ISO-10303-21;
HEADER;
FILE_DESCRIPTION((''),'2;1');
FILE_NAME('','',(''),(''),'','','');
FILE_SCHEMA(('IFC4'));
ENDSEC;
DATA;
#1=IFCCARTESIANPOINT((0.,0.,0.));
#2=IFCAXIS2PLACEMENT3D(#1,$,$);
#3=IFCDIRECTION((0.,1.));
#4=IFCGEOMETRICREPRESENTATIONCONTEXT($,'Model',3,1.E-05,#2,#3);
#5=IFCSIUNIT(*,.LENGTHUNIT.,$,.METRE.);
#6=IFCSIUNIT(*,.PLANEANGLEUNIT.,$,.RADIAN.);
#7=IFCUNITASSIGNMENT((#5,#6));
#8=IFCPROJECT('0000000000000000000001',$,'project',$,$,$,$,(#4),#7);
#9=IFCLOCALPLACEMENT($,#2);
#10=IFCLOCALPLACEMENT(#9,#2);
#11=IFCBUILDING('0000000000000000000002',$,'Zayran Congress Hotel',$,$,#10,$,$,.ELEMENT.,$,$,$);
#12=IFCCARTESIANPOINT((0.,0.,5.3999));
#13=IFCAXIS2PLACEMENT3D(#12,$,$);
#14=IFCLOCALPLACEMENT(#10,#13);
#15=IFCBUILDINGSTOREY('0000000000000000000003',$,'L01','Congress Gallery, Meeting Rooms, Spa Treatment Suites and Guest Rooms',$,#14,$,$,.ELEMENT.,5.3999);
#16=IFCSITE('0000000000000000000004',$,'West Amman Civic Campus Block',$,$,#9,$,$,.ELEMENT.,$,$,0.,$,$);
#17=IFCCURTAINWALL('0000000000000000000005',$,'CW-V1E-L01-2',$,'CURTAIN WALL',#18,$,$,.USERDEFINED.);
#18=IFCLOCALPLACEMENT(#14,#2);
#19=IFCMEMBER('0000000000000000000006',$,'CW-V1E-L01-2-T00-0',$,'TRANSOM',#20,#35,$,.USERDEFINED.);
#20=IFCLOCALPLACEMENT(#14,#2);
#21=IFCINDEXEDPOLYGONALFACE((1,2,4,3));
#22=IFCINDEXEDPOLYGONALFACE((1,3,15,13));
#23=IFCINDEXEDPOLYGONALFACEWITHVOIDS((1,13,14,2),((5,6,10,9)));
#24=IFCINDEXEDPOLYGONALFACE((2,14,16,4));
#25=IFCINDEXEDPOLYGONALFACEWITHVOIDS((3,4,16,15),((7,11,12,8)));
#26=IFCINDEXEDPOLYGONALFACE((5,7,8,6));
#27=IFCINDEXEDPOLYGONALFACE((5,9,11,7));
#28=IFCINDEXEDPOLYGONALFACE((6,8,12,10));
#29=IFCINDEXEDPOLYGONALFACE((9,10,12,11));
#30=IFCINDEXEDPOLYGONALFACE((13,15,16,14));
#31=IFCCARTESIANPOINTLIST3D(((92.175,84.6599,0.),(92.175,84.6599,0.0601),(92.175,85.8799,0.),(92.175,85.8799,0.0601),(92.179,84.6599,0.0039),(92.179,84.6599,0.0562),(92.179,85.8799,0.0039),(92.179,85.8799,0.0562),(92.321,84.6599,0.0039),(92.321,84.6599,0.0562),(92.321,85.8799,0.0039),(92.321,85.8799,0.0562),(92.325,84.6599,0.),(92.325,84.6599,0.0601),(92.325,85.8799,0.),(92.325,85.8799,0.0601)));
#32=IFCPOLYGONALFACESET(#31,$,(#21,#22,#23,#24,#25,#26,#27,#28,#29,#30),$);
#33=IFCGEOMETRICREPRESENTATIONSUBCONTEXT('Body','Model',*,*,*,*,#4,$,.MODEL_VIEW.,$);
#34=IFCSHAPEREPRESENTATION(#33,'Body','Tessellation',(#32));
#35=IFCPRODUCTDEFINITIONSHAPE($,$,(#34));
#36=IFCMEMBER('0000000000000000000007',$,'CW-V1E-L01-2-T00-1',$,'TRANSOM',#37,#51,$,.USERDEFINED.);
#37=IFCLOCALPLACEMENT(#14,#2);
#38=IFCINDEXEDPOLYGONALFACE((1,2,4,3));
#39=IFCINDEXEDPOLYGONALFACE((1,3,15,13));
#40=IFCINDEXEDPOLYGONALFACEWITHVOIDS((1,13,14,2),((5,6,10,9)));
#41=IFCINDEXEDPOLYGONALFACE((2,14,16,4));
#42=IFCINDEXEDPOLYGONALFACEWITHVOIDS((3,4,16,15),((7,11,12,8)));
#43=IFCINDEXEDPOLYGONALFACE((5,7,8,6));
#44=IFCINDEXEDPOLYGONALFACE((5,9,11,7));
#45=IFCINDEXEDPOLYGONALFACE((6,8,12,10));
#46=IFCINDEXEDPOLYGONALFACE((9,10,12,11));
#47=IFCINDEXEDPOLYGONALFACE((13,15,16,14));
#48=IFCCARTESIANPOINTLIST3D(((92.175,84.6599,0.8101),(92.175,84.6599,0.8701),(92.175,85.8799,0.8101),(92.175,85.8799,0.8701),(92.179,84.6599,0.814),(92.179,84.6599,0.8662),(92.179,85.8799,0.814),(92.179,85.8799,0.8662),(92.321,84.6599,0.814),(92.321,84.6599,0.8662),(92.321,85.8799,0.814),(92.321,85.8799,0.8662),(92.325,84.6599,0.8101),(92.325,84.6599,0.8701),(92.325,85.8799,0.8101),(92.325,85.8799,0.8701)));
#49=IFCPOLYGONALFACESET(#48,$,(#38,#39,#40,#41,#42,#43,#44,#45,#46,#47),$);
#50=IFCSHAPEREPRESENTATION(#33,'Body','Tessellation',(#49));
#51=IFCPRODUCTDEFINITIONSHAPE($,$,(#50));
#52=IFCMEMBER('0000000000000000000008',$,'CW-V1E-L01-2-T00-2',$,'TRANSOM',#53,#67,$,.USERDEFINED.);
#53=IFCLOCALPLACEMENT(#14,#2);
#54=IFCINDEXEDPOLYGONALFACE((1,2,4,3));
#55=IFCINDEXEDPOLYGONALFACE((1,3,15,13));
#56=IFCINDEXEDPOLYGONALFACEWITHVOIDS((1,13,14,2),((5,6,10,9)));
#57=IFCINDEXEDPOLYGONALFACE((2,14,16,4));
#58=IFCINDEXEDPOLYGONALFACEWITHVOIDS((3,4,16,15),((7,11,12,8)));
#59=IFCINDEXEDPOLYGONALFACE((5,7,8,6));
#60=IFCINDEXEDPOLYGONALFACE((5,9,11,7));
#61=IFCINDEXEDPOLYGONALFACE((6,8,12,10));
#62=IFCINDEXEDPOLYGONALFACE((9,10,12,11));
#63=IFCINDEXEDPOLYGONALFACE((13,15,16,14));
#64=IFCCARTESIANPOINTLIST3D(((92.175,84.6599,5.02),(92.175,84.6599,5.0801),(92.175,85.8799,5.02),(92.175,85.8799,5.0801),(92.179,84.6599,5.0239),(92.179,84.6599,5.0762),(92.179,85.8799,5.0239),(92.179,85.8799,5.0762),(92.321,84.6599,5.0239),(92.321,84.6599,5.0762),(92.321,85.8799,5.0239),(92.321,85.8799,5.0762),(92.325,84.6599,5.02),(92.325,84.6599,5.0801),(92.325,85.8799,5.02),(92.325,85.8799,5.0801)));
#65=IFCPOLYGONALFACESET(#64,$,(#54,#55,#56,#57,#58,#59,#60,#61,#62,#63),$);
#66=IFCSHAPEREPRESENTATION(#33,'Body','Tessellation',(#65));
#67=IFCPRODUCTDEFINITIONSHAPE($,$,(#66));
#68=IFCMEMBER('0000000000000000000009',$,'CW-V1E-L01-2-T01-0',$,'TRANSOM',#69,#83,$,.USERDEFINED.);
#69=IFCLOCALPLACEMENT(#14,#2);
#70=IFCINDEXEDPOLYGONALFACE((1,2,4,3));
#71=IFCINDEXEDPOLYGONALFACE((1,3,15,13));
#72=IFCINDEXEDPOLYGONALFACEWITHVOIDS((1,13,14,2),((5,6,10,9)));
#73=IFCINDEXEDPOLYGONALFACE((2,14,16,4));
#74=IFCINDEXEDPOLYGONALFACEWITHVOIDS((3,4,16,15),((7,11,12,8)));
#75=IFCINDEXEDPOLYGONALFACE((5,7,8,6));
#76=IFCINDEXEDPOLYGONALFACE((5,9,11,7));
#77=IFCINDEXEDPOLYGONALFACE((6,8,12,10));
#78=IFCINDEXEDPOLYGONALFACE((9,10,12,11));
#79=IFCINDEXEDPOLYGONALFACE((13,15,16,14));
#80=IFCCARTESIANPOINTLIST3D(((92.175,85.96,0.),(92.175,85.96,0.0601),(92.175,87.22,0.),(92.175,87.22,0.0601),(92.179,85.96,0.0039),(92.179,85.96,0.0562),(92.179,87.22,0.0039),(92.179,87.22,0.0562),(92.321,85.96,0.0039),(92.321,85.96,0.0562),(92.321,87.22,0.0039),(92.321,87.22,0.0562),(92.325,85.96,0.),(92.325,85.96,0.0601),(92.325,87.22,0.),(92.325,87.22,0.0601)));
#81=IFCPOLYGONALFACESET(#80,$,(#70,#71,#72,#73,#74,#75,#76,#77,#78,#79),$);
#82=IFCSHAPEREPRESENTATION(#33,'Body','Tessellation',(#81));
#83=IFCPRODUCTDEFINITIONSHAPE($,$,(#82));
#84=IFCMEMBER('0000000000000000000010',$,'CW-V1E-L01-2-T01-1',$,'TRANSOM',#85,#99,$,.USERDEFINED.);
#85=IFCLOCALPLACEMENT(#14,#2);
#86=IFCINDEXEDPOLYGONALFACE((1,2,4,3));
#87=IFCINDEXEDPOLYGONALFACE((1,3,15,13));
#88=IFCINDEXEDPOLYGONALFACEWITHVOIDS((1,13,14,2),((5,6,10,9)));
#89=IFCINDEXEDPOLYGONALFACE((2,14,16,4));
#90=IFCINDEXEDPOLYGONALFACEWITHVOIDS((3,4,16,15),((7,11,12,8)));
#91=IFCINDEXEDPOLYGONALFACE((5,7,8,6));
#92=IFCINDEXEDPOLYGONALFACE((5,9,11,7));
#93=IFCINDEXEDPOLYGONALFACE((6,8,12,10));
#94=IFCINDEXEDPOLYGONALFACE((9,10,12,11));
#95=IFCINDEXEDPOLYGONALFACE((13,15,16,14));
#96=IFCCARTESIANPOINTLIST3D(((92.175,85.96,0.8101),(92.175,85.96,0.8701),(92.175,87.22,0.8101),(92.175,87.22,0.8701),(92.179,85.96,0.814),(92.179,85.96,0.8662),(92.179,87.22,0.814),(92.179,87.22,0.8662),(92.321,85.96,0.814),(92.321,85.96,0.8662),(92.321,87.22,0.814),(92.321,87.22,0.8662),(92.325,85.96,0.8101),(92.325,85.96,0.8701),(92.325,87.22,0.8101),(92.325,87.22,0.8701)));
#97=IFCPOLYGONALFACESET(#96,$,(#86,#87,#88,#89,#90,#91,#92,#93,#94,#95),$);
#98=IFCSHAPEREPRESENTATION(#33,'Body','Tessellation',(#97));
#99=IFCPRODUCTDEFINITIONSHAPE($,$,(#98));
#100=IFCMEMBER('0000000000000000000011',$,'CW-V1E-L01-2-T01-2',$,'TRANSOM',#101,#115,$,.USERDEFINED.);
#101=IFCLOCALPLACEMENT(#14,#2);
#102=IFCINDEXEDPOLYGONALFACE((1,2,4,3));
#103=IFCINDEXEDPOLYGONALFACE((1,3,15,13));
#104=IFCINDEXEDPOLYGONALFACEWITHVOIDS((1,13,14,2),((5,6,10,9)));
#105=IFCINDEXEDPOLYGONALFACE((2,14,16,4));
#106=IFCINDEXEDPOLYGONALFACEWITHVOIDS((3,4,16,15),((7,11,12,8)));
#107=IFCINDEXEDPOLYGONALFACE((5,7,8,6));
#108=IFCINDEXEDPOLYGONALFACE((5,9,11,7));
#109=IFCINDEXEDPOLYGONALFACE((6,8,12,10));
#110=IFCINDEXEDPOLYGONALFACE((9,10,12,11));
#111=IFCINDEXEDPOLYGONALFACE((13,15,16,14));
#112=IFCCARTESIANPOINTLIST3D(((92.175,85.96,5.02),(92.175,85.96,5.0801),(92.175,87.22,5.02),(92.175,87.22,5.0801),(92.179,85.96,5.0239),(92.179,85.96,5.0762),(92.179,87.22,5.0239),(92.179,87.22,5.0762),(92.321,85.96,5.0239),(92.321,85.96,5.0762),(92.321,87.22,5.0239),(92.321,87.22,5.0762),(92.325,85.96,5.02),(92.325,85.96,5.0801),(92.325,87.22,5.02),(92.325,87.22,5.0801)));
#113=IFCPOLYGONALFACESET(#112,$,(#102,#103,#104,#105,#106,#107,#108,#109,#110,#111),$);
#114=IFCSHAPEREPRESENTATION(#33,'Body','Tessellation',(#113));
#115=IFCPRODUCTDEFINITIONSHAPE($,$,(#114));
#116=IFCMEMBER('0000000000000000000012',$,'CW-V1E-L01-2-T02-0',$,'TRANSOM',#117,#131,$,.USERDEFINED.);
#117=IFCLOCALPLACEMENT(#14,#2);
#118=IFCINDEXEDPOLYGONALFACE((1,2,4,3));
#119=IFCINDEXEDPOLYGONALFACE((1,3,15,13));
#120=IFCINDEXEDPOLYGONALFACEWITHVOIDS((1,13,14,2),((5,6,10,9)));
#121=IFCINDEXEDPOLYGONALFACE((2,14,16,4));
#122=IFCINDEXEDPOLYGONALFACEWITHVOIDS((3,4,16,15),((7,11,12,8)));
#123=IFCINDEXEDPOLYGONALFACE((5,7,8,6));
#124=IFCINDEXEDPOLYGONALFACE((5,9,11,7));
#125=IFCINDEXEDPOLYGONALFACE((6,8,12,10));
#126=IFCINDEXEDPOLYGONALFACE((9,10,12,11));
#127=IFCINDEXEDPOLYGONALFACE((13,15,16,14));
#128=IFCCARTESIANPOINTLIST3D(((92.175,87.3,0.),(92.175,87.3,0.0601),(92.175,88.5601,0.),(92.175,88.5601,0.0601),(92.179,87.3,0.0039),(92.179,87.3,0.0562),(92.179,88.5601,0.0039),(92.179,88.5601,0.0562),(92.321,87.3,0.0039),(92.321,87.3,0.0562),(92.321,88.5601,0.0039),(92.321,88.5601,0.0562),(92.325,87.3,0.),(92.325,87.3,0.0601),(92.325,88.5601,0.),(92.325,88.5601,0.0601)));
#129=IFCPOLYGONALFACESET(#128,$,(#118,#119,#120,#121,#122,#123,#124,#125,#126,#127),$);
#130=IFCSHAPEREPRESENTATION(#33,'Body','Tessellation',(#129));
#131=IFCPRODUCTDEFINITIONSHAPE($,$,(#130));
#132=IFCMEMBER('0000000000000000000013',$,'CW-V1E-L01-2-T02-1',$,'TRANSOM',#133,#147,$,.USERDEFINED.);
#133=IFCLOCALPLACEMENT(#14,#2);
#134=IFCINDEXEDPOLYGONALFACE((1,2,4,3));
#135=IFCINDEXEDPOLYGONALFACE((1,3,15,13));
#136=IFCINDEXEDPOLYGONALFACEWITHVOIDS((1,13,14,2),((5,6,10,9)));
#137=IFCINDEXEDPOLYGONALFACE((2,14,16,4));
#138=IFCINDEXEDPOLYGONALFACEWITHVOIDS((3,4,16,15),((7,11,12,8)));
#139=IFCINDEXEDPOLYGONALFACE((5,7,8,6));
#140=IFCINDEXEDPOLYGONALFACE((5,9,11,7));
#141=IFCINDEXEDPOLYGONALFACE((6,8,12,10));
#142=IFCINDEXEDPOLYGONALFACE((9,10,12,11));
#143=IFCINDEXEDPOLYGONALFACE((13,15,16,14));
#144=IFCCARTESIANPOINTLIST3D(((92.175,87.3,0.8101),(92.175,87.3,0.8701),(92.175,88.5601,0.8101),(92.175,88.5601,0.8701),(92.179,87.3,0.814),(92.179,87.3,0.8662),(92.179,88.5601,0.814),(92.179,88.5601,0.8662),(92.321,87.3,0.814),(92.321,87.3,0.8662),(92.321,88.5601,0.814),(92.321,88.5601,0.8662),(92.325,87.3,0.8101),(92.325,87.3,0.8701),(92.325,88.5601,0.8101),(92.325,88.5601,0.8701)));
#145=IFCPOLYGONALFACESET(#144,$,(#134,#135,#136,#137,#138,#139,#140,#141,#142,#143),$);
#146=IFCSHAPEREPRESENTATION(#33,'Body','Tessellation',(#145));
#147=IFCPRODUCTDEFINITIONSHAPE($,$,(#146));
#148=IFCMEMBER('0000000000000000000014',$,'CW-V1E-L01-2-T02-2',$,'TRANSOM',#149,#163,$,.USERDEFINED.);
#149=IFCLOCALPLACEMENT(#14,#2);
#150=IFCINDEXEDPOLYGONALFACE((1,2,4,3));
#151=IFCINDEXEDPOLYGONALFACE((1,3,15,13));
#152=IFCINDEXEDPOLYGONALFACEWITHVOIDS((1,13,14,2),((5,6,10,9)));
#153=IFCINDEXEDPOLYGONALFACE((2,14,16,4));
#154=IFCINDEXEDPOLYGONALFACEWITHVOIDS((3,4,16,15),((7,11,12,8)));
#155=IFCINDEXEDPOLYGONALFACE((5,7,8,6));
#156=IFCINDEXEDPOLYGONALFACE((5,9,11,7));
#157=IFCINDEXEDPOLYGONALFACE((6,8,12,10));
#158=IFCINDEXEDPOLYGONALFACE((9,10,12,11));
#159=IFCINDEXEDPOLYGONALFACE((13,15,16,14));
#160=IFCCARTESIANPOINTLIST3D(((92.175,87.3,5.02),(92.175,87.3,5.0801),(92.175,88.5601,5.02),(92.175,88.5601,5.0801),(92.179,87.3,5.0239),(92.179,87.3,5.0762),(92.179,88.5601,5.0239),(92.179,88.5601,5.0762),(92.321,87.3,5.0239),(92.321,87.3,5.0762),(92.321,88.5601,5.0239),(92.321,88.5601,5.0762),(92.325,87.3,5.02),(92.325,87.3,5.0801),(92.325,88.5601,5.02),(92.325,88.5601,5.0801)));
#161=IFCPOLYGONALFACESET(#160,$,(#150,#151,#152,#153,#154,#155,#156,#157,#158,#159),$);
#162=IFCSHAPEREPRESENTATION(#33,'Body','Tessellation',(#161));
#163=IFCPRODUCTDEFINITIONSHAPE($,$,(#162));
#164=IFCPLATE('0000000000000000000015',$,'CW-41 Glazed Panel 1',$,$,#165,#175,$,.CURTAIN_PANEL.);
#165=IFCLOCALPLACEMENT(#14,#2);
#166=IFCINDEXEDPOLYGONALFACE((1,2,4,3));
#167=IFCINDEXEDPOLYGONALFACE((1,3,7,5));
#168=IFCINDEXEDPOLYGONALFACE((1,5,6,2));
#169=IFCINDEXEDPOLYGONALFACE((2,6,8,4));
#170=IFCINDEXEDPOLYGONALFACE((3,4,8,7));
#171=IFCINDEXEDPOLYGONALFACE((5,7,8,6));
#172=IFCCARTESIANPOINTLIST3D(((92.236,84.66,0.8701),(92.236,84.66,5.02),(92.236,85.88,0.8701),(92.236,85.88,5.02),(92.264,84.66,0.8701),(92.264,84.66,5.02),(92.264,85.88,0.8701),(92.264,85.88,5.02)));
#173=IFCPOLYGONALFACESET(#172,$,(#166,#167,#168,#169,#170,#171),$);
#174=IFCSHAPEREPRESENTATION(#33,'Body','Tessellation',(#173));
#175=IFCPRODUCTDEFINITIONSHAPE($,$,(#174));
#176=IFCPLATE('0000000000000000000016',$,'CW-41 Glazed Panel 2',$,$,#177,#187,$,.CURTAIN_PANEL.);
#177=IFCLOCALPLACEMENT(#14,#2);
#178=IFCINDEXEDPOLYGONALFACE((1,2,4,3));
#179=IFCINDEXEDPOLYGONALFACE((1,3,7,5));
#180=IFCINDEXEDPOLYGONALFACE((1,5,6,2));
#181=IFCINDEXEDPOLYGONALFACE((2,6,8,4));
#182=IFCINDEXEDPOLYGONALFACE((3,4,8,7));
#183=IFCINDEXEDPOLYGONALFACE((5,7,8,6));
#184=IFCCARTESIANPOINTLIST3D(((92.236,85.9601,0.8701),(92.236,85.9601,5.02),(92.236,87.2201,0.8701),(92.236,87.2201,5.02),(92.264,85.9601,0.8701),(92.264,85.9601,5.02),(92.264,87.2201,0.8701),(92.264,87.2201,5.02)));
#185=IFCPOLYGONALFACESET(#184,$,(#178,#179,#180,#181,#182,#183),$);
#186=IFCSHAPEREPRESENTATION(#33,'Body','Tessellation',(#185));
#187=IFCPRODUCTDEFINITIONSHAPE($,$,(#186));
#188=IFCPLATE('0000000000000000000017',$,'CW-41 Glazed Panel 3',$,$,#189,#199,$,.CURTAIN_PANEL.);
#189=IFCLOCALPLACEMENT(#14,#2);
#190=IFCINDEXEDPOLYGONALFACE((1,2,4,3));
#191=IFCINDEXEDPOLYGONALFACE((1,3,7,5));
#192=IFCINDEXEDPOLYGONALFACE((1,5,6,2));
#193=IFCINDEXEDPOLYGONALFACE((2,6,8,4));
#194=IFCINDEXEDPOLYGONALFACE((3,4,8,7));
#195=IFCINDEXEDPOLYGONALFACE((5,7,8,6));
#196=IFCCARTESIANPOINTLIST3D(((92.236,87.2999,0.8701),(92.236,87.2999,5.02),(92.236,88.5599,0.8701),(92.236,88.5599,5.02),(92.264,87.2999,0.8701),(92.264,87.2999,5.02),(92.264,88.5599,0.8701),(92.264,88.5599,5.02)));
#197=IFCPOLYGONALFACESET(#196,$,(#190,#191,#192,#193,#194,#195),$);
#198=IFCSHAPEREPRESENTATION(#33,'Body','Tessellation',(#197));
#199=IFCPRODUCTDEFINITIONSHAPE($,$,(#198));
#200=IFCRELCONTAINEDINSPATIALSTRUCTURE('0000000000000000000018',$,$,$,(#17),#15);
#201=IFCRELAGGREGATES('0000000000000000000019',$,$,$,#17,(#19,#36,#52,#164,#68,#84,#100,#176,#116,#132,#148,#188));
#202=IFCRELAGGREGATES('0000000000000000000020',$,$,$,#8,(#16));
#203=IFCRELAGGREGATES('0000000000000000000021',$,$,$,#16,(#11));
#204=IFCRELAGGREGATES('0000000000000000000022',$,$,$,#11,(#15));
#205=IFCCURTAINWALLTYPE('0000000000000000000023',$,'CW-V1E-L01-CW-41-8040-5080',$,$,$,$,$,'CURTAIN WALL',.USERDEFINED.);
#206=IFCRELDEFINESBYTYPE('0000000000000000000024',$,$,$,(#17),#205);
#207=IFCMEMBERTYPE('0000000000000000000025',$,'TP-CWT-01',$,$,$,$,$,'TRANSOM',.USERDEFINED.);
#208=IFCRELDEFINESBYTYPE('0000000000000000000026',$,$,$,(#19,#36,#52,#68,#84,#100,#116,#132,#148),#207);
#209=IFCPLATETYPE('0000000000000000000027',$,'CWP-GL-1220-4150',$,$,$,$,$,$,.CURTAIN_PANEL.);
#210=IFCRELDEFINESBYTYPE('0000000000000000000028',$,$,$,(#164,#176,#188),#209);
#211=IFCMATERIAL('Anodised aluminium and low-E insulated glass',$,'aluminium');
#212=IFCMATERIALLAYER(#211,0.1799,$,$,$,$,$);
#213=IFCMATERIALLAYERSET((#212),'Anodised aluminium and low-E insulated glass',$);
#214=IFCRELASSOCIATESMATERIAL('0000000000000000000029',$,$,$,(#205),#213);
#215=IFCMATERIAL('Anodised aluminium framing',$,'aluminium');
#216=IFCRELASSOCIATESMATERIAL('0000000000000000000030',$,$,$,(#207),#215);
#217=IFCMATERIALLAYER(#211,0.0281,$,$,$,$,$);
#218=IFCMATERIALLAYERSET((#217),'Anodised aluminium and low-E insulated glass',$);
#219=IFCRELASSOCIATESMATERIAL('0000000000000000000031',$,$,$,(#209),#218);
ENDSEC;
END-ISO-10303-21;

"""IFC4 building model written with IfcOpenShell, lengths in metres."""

from ifc_helpers import new_model, si_unit, direction, frame, origin, origin_2d, place, context, subcontext, project, spatial, rectangle, hollow_rectangle, extrude, material, layer, layer_set, material_profile, profile_set, type_object, element, aggregate, save


model = new_model("IFC4")

# Units and contexts
model_context = context("Model", 3, precision=1e-05, world=origin(), true_north=direction((0.0, 1.0)))
body_context = subcontext(model_context, "Body", "Model", "MODEL_VIEW")
ifc_project = project(units=[si_unit("LENGTHUNIT", "METRE"), si_unit("PLANEANGLEUNIT", "RADIAN")], contexts=[model_context])

# Site, building, storey
site_placement = place(None, origin())
site = spatial("IfcSite", under=ifc_project, at=site_placement, Name="West Amman Civic Campus Block", CompositionType="ELEMENT", RefElevation=0.0)
building_placement = place(site_placement, origin())
building = spatial("IfcBuilding", under=site, at=building_placement, Name="Zayran Congress Hotel", CompositionType="ELEMENT")
storey_placement = place(building_placement, frame((0.0, 0.0, 5.3999)))
storey = spatial("IfcBuildingStorey", under=building, at=storey_placement, Name="L01", Description="Congress Gallery, Meeting Rooms, Spa Treatment Suites and Guest Rooms", CompositionType="ELEMENT", Elevation=5.3999)

# Curtain wall, members, plates
ifc_material_1 = material(Name="Anodised aluminium and low-E insulated glass", Category="aluminium")
ifc_layer_1 = layer(ifc_material_1, 0.1799)
ifc_layer_set_1 = layer_set([ifc_layer_1], Name="Anodised aluminium and low-E insulated glass")
curtain_wall_type = type_object("IfcCurtainWallType", Name="CW-V1E-L01-CW-41-8040-5080", ElementType="CURTAIN WALL", PredefinedType="USERDEFINED", material=ifc_layer_set_1)
curtain_wall_placement = place(storey_placement, origin())
curtain_wall = element("IfcCurtainWall", 1, at=curtain_wall_placement, inside=storey, type_object=curtain_wall_type, Name="CW-V1E-L01-2", ObjectType="CURTAIN WALL", PredefinedType="USERDEFINED")
ifc_material_2 = material(Name="Anodised aluminium framing", Category="aluminium")
ifc_material_profile_1 = material_profile(ifc_material_2, hollow_rectangle(XDim=0.0601, YDim=0.1499, WallThickness=0.0039, at=origin_2d()), Name="RHS 150x60x4")
ifc_profile_set_1 = profile_set([ifc_material_profile_1], Name="Anodised aluminium framing")
member_type_1 = type_object("IfcMemberType", Name="TP-CWT-01", ElementType="TRANSOM", PredefinedType="USERDEFINED", material=ifc_profile_set_1)
member_1_placement = place(storey_placement, frame((92.25, 84.6599, 0.03), z_axis=(0.0, 1.0, 0.0), x_axis=(0.0, 0.0, 1.0)))
member_1 = element("IfcMember", 2, at=member_1_placement, type_object=member_type_1, Name="CW-V1E-L01-2-T00-0", ObjectType="TRANSOM", PredefinedType="USERDEFINED", context=body_context, shape_type="SweptSolid", body=[
    extrude(hollow_rectangle(XDim=0.0601, YDim=0.1499, WallThickness=0.0039, at=origin_2d()), origin(), (0.0, 0.0, 1.0), 1.22),
])
member_2_placement = place(storey_placement, frame((92.25, 84.6599, 0.8401), z_axis=(0.0, 1.0, 0.0), x_axis=(0.0, 0.0, 1.0)))
member_2 = element("IfcMember", 3, at=member_2_placement, type_object=member_type_1, Name="CW-V1E-L01-2-T00-1", ObjectType="TRANSOM", PredefinedType="USERDEFINED", context=body_context, shape_type="SweptSolid", body=[
    extrude(hollow_rectangle(XDim=0.0601, YDim=0.1499, WallThickness=0.0039, at=origin_2d()), origin(), (0.0, 0.0, 1.0), 1.22),
])
member_3_placement = place(storey_placement, frame((92.25, 84.6599, 5.05), z_axis=(0.0, 1.0, 0.0), x_axis=(0.0, 0.0, 1.0)))
member_3 = element("IfcMember", 4, at=member_3_placement, type_object=member_type_1, Name="CW-V1E-L01-2-T00-2", ObjectType="TRANSOM", PredefinedType="USERDEFINED", context=body_context, shape_type="SweptSolid", body=[
    extrude(hollow_rectangle(XDim=0.0601, YDim=0.1499, WallThickness=0.0039, at=origin_2d()), origin(), (0.0, 0.0, 1.0), 1.22),
])
member_4_placement = place(storey_placement, frame((92.25, 85.96, 0.03), z_axis=(0.0, 1.0, 0.0), x_axis=(0.0, 0.0, 1.0)))
member_4 = element("IfcMember", 5, at=member_4_placement, type_object=member_type_1, Name="CW-V1E-L01-2-T01-0", ObjectType="TRANSOM", PredefinedType="USERDEFINED", context=body_context, shape_type="SweptSolid", body=[
    extrude(hollow_rectangle(XDim=0.0601, YDim=0.1499, WallThickness=0.0039, at=origin_2d()), origin(), (0.0, 0.0, 1.0), 1.26),
])
member_5_placement = place(storey_placement, frame((92.25, 85.96, 0.8401), z_axis=(0.0, 1.0, 0.0), x_axis=(0.0, 0.0, 1.0)))
member_5 = element("IfcMember", 6, at=member_5_placement, type_object=member_type_1, Name="CW-V1E-L01-2-T01-1", ObjectType="TRANSOM", PredefinedType="USERDEFINED", context=body_context, shape_type="SweptSolid", body=[
    extrude(hollow_rectangle(XDim=0.0601, YDim=0.1499, WallThickness=0.0039, at=origin_2d()), origin(), (0.0, 0.0, 1.0), 1.26),
])
member_6_placement = place(storey_placement, frame((92.25, 85.96, 5.05), z_axis=(0.0, 1.0, 0.0), x_axis=(0.0, 0.0, 1.0)))
member_6 = element("IfcMember", 7, at=member_6_placement, type_object=member_type_1, Name="CW-V1E-L01-2-T01-2", ObjectType="TRANSOM", PredefinedType="USERDEFINED", context=body_context, shape_type="SweptSolid", body=[
    extrude(hollow_rectangle(XDim=0.0601, YDim=0.1499, WallThickness=0.0039, at=origin_2d()), origin(), (0.0, 0.0, 1.0), 1.26),
])
member_7_placement = place(storey_placement, frame((92.25, 87.3, 0.03), z_axis=(0.0, 1.0, 0.0), x_axis=(0.0, 0.0, 1.0)))
member_7 = element("IfcMember", 8, at=member_7_placement, type_object=member_type_1, Name="CW-V1E-L01-2-T02-0", ObjectType="TRANSOM", PredefinedType="USERDEFINED", context=body_context, shape_type="SweptSolid", body=[
    extrude(hollow_rectangle(XDim=0.0601, YDim=0.1499, WallThickness=0.0039, at=origin_2d()), origin(), (0.0, 0.0, 1.0), 1.26),
])
member_8_placement = place(storey_placement, frame((92.25, 87.3, 0.8401), z_axis=(0.0, 1.0, 0.0), x_axis=(0.0, 0.0, 1.0)))
member_8 = element("IfcMember", 9, at=member_8_placement, type_object=member_type_1, Name="CW-V1E-L01-2-T02-1", ObjectType="TRANSOM", PredefinedType="USERDEFINED", context=body_context, shape_type="SweptSolid", body=[
    extrude(hollow_rectangle(XDim=0.0601, YDim=0.1499, WallThickness=0.0039, at=origin_2d()), origin(), (0.0, 0.0, 1.0), 1.26),
])
member_9_placement = place(storey_placement, frame((92.25, 87.3, 5.05), z_axis=(0.0, 1.0, 0.0), x_axis=(0.0, 0.0, 1.0)))
member_9 = element("IfcMember", 10, at=member_9_placement, type_object=member_type_1, Name="CW-V1E-L01-2-T02-2", ObjectType="TRANSOM", PredefinedType="USERDEFINED", context=body_context, shape_type="SweptSolid", body=[
    extrude(hollow_rectangle(XDim=0.0601, YDim=0.1499, WallThickness=0.0039, at=origin_2d()), origin(), (0.0, 0.0, 1.0), 1.26),
])
ifc_layer_2 = layer(ifc_material_1, 0.0281)
ifc_layer_set_2 = layer_set([ifc_layer_2], Name="Anodised aluminium and low-E insulated glass")
plate_type_1 = type_object("IfcPlateType", Name="CWP-GL-1220-4150", PredefinedType="CURTAIN_PANEL", material=ifc_layer_set_2)
plate_1_placement = place(storey_placement, frame((92.25, 85.27, 0.8701), z_axis=(0.0, 0.0, 1.0), x_axis=(0.0, 1.0, 0.0)))
plate_1 = element("IfcPlate", 11, at=plate_1_placement, type_object=plate_type_1, Name="CW-41 Glazed Panel 1", PredefinedType="CURTAIN_PANEL", context=body_context, shape_type="SweptSolid", body=[
    extrude(rectangle(XDim=1.22, YDim=0.0281, at=origin_2d()), origin(), (0.0, 0.0, 1.0), 4.1499),
])
plate_2_placement = place(storey_placement, frame((92.25, 86.5901, 0.8701), z_axis=(0.0, 0.0, 1.0), x_axis=(0.0, 1.0, 0.0)))
plate_2 = element("IfcPlate", 12, at=plate_2_placement, type_object=plate_type_1, Name="CW-41 Glazed Panel 2", PredefinedType="CURTAIN_PANEL", context=body_context, shape_type="SweptSolid", body=[
    extrude(rectangle(XDim=1.26, YDim=0.0281, at=origin_2d()), origin(), (0.0, 0.0, 1.0), 4.1499),
])
plate_3_placement = place(storey_placement, frame((92.25, 87.9299, 0.8701), z_axis=(0.0, 0.0, 1.0), x_axis=(0.0, 1.0, 0.0)))
plate_3 = element("IfcPlate", 13, at=plate_3_placement, type_object=plate_type_1, Name="CW-41 Glazed Panel 3", PredefinedType="CURTAIN_PANEL", context=body_context, shape_type="SweptSolid", body=[
    extrude(rectangle(XDim=1.26, YDim=0.0281, at=origin_2d()), origin(), (0.0, 0.0, 1.0), 4.1499),
])
aggregate(curtain_wall, [member_1, member_2, member_3, plate_1, member_4, member_5, member_6, plate_2, member_7, member_8, member_9, plate_3])

save(model, "model.ifc")
